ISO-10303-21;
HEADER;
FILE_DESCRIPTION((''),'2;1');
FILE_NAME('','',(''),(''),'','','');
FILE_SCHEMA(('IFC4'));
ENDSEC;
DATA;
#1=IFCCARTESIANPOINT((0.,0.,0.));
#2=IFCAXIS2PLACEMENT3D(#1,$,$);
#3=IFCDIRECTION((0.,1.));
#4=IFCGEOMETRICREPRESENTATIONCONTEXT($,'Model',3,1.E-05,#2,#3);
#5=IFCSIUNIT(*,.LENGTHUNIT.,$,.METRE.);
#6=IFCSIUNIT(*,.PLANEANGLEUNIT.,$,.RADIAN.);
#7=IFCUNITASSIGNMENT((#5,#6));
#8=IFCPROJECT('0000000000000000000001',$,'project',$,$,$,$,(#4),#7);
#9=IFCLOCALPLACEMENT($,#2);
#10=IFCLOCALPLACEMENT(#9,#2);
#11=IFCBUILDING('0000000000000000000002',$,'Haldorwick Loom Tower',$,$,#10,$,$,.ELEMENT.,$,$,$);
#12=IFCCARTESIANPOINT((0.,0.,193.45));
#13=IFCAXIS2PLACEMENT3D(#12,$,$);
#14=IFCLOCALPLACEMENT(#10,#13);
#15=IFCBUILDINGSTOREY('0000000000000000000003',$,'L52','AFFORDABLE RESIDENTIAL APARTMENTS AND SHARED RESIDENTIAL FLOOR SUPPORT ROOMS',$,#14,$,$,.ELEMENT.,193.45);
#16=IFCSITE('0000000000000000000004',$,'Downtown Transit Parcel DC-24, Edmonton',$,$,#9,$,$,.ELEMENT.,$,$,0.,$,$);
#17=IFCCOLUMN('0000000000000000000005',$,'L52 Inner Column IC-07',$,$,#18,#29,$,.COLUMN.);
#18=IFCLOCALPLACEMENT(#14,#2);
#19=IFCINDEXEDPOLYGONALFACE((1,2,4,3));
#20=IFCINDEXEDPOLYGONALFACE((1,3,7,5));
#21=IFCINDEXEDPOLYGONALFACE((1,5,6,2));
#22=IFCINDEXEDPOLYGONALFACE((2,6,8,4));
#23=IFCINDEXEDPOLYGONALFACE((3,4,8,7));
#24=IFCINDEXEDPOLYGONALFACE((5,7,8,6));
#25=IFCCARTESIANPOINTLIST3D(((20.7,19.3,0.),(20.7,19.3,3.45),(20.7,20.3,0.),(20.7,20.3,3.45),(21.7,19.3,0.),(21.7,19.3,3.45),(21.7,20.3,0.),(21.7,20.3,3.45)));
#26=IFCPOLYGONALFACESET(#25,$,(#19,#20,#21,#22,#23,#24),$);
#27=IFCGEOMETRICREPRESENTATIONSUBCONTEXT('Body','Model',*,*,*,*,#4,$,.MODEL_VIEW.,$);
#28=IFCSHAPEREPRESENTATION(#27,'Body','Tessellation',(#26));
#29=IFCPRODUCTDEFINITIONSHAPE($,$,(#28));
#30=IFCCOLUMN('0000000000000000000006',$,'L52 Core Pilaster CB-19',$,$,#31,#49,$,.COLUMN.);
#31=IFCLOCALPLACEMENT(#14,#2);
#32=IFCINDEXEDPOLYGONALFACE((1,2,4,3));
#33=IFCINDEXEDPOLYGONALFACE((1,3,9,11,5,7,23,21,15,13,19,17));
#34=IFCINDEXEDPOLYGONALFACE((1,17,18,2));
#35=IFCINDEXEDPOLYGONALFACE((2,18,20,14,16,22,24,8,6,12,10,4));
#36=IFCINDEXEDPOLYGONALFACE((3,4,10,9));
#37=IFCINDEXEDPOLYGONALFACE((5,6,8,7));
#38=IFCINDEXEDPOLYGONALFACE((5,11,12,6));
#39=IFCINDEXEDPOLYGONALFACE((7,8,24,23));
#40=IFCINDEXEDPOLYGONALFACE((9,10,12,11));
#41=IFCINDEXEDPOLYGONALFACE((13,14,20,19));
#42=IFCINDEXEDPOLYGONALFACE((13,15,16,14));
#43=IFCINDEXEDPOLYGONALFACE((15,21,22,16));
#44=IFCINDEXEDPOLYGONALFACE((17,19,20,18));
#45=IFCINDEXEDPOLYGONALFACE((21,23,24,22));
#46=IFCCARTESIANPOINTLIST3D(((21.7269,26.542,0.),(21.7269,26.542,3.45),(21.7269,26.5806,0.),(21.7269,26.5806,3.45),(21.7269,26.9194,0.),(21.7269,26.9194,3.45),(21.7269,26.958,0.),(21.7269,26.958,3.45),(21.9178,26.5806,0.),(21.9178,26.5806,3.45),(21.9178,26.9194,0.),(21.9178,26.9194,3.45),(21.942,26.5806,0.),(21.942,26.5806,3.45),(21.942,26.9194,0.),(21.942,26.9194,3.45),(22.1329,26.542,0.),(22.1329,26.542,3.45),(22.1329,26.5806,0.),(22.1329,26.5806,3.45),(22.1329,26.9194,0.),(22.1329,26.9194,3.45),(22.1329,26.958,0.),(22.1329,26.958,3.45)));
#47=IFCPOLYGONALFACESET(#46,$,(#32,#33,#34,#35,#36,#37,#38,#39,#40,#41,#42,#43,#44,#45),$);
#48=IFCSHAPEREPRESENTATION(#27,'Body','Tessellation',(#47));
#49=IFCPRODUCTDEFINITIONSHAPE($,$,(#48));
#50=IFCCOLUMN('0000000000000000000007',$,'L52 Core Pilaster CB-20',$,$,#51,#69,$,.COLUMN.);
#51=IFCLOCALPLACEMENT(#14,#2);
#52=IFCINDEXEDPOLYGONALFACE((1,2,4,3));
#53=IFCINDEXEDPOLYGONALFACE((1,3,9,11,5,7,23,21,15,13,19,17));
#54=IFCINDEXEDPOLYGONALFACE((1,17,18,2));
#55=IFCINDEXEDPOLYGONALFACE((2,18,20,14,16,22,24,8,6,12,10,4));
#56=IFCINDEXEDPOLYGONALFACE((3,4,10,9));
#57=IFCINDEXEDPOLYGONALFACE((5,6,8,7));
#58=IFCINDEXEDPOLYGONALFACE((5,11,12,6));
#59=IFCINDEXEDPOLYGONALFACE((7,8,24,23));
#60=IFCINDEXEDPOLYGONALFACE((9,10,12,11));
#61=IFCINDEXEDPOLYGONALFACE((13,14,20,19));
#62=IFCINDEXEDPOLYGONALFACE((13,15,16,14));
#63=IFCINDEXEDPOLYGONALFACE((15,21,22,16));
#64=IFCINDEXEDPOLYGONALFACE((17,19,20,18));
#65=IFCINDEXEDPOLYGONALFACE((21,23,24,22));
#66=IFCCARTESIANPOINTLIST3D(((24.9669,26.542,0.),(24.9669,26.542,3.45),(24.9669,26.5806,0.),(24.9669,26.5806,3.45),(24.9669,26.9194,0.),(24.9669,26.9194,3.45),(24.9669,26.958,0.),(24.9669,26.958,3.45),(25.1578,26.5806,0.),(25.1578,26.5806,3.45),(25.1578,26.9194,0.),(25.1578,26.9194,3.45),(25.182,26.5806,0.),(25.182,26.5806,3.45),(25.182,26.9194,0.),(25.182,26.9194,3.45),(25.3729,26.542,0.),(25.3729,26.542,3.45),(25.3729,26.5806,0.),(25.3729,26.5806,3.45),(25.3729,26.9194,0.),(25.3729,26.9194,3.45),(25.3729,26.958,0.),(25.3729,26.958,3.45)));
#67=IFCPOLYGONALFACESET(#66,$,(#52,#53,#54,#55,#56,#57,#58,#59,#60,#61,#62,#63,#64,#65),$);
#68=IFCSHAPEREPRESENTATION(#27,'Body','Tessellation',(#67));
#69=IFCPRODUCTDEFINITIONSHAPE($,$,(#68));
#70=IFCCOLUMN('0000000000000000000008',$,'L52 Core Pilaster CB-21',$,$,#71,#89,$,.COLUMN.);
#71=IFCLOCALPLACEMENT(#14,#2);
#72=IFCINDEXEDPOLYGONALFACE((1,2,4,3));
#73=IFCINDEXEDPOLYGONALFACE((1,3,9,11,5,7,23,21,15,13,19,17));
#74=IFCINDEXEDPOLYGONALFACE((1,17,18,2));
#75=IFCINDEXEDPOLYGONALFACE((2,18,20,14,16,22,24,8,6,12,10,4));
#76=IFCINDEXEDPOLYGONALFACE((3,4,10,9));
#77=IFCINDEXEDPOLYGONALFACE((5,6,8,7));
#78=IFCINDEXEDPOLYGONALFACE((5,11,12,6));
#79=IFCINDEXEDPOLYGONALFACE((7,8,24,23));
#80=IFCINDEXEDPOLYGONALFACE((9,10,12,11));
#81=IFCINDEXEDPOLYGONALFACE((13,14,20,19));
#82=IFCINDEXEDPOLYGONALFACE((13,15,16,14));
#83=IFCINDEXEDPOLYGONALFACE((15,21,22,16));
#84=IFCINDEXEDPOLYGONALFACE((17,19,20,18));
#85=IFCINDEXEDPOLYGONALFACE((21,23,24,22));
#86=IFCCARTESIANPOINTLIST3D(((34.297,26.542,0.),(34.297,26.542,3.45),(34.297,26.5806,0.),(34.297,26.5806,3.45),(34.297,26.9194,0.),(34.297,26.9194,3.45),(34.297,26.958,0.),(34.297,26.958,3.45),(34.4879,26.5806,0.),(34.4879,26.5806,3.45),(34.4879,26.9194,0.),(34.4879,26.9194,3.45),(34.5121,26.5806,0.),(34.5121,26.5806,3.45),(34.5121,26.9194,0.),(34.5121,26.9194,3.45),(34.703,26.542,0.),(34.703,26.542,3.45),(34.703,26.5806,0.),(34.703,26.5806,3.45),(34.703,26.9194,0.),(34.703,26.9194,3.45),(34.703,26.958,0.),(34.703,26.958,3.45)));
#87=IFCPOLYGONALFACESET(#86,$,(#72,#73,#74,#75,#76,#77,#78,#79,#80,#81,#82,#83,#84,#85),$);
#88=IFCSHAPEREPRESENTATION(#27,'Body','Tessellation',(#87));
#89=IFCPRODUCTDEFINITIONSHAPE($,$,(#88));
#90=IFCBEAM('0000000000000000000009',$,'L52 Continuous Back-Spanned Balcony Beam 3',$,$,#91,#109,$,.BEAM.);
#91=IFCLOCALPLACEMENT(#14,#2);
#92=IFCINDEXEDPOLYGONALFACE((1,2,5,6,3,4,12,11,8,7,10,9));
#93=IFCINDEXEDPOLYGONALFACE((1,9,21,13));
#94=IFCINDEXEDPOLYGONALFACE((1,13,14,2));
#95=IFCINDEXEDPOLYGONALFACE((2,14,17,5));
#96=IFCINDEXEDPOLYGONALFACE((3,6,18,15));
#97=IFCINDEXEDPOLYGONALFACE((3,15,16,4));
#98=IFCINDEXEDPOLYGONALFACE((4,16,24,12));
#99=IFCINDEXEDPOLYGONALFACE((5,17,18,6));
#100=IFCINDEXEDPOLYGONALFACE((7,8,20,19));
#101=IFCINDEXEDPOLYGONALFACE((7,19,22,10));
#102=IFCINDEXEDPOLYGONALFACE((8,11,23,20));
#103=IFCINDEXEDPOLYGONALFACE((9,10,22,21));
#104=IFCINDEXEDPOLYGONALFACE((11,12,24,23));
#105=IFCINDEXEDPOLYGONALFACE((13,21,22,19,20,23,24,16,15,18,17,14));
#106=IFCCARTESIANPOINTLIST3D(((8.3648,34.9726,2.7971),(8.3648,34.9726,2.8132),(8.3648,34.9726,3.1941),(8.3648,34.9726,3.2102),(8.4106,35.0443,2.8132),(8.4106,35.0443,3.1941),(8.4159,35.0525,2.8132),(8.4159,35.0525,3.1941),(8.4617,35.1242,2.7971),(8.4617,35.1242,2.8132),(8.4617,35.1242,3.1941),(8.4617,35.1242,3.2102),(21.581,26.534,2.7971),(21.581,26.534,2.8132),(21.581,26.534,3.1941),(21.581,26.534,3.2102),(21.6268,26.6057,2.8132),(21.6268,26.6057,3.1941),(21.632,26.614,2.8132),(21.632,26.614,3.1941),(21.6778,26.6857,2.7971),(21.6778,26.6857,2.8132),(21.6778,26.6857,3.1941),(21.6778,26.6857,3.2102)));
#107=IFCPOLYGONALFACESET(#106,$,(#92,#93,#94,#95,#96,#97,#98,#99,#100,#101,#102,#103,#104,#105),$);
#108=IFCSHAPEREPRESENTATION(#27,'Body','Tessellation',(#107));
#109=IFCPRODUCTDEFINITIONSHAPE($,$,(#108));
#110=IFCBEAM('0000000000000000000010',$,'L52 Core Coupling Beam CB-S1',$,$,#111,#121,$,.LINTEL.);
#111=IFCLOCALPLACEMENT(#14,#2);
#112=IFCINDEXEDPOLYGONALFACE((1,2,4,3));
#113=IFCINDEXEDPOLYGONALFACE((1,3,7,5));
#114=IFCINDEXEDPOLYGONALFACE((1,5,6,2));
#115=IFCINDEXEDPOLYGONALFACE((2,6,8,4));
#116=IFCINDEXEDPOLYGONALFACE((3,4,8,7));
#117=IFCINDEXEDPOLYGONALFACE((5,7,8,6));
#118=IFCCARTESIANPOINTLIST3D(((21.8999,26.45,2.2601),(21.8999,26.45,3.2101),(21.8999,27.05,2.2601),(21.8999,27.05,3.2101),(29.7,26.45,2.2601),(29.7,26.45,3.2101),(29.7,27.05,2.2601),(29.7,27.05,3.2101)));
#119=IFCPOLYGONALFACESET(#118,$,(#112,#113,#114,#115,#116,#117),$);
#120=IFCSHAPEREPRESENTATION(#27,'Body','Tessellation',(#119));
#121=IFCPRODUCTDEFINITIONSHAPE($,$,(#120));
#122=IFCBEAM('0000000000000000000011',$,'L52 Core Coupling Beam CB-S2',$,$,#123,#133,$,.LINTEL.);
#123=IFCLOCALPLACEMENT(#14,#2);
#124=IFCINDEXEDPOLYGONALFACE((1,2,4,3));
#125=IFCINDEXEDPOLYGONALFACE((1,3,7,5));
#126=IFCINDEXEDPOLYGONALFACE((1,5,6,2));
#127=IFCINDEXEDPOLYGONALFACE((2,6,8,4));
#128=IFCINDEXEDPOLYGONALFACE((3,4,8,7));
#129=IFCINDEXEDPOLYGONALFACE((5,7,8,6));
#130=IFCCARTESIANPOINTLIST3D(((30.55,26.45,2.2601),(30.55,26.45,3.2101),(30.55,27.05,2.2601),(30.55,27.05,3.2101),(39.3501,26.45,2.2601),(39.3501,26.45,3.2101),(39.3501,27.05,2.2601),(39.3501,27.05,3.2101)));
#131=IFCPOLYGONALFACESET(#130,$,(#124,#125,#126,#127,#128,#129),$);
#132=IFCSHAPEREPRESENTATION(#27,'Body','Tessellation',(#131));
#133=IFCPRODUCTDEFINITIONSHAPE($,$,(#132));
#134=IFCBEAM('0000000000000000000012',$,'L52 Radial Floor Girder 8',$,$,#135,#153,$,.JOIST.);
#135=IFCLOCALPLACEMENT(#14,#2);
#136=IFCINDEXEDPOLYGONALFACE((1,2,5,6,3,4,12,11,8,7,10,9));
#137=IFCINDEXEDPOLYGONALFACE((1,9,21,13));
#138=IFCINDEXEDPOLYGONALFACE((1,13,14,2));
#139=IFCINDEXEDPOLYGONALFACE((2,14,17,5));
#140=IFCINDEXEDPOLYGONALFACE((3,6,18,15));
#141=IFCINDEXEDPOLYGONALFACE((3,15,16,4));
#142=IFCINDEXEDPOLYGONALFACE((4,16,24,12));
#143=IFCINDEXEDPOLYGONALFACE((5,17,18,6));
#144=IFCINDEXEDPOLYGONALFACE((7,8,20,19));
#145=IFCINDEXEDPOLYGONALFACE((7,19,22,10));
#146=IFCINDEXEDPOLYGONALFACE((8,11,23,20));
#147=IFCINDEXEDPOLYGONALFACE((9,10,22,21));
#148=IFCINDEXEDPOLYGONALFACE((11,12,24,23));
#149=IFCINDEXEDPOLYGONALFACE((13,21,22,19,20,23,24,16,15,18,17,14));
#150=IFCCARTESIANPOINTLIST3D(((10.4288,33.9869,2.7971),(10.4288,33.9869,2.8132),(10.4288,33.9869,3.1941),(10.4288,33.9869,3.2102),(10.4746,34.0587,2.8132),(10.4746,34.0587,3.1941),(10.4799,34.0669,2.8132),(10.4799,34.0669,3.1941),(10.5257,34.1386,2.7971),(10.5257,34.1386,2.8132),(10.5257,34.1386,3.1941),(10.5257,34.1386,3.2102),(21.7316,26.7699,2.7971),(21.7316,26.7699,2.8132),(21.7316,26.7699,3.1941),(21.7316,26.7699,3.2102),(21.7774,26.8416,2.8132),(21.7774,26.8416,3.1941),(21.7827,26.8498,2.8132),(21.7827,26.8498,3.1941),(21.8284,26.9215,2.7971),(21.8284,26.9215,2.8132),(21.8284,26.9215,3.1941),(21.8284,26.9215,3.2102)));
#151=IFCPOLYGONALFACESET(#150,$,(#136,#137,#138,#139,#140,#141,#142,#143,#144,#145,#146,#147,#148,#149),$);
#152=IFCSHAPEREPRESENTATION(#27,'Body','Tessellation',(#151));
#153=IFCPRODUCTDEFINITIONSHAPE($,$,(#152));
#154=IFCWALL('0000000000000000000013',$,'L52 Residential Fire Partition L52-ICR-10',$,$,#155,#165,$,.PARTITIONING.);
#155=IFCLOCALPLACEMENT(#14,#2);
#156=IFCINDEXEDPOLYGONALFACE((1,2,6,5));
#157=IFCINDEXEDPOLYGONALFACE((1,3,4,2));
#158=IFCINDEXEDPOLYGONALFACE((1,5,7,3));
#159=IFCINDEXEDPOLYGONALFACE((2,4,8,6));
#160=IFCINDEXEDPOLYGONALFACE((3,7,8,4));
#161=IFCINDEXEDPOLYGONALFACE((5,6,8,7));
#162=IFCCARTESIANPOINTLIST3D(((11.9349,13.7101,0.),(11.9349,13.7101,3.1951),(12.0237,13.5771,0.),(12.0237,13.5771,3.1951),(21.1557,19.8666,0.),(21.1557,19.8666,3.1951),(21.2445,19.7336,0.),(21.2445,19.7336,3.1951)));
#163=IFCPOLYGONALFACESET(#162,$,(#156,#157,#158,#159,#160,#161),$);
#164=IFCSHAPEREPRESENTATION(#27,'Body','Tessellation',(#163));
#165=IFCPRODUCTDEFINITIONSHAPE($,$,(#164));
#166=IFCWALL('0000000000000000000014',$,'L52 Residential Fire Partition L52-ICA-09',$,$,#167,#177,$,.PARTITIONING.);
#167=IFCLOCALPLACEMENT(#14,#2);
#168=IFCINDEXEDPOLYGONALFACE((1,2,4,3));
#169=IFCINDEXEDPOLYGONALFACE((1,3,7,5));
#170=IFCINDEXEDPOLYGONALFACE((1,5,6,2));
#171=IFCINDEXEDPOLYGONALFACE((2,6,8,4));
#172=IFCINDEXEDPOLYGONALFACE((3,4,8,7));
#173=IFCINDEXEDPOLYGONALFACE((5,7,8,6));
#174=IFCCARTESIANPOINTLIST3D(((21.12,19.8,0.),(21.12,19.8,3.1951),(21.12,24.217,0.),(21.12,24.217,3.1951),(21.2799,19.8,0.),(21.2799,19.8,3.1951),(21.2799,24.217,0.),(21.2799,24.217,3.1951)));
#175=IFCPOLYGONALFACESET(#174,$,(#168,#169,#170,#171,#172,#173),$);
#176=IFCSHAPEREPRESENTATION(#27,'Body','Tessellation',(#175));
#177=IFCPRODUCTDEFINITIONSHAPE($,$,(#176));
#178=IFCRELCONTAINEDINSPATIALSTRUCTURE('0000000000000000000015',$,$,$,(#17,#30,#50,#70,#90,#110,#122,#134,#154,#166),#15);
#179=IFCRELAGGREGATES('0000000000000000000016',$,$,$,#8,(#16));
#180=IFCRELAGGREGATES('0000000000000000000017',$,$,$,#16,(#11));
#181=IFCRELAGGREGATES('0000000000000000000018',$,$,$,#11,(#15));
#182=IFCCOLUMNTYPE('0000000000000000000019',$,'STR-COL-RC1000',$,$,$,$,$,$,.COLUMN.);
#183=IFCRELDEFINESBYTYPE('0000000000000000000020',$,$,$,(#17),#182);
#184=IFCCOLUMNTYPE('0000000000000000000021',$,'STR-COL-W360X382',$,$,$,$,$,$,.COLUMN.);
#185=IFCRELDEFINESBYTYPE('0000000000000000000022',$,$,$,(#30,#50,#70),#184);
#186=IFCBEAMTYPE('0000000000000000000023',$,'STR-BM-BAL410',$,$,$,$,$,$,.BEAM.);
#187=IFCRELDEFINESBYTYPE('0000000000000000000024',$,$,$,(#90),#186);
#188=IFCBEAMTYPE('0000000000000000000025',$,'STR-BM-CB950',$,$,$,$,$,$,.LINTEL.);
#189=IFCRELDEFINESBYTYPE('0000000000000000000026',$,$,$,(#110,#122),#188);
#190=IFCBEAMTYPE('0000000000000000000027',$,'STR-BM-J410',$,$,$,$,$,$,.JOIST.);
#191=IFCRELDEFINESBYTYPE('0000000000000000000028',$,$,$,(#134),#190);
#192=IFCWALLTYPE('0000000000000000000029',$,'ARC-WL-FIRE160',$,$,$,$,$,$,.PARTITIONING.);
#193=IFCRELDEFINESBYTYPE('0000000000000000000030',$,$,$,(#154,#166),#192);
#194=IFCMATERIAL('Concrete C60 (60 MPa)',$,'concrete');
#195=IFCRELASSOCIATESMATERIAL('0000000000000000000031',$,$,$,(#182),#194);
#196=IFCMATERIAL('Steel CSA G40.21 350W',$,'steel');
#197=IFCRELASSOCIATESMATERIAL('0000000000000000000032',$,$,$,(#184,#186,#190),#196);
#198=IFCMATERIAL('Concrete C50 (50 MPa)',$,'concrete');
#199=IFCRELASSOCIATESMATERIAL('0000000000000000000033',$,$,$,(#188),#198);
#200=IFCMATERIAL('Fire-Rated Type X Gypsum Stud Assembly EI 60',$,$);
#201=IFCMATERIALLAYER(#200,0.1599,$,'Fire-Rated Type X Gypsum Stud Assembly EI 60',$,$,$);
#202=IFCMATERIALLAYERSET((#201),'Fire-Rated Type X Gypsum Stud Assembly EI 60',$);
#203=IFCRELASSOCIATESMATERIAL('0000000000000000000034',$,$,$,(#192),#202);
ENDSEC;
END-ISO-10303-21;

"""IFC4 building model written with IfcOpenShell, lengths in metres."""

from ifc_helpers import new_model, si_unit, direction, frame, frame_2d, origin, origin_2d, place, context, subcontext, project, spatial, rectangle, i_section, extrude, material, layer, layer_set, material_profile, profile_set, type_object, element, save


model = new_model("IFC4")

# Units and contexts
model_context = context("Model", 3, precision=1e-05, world=origin(), true_north=direction((0.0, 1.0)))
body_context = subcontext(model_context, "Body", "Model", "MODEL_VIEW")
ifc_project = project(units=[si_unit("LENGTHUNIT", "METRE"), si_unit("PLANEANGLEUNIT", "RADIAN")], contexts=[model_context])

# Site, building, storey
site_placement = place(None, origin())
site = spatial("IfcSite", under=ifc_project, at=site_placement, Name="Downtown Transit Parcel DC-24, Edmonton", CompositionType="ELEMENT", RefElevation=0.0)
building_placement = place(site_placement, origin())
building = spatial("IfcBuilding", under=site, at=building_placement, Name="Haldorwick Loom Tower", CompositionType="ELEMENT")
storey_placement = place(building_placement, frame((0.0, 0.0, 193.45)))
storey = spatial("IfcBuildingStorey", under=building, at=storey_placement, Name="L52", Description="AFFORDABLE RESIDENTIAL APARTMENTS AND SHARED RESIDENTIAL FLOOR SUPPORT ROOMS", CompositionType="ELEMENT", Elevation=193.45)

# Columns
ifc_material_1 = material(Name="Concrete C60 (60 MPa)", Category="concrete")
ifc_material_profile_1 = material_profile(ifc_material_1, rectangle(XDim=1.0, YDim=1.0, at=origin_2d()), Name="RC1000X1000", Category="concrete")
ifc_profile_set_1 = profile_set([ifc_material_profile_1], Name="Concrete C60 (60 MPa)")
column_type_1 = type_object("IfcColumnType", Name="STR-COL-RC1000", PredefinedType="COLUMN", material=ifc_profile_set_1)
column_placement = place(storey_placement, frame((21.2, 19.8, 0.0), z_axis=(0.0, 0.0, 1.0), x_axis=(1.0, 0.0, 0.0)))
element("IfcColumn", 1, at=column_placement, inside=storey, type_object=column_type_1, Name="L52 Inner Column IC-07", PredefinedType="COLUMN", context=body_context, shape_type="SweptSolid", body=[
    extrude(rectangle(XDim=1.0, YDim=1.0, at=origin_2d()), origin(), (0.0, 0.0, 1.0), 3.45),
])
ifc_material_2 = material(Name="Steel CSA G40.21 350W", Category="steel")
ifc_material_profile_2 = material_profile(ifc_material_2, i_section(OverallWidth=0.406, OverallDepth=0.416, WebThickness=0.0242, FlangeThickness=0.0386, at=origin_2d()), Name="W360X382", Category="steel")
ifc_profile_set_2 = profile_set([ifc_material_profile_2], Name="Steel CSA G40.21 350W")
column_type_2 = type_object("IfcColumnType", Name="STR-COL-W360X382", PredefinedType="COLUMN", material=ifc_profile_set_2)
for number, where, z_axis, x_axis, name in (
    (2, (21.9299, 26.75, 0.0), (0.0, 0.0, 1.0), (1.0, 0.0, 0.0), "L52 Core Pilaster CB-19"),
    (3, (25.1699, 26.75, 0.0), (0.0, 0.0, 1.0), (1.0, 0.0, 0.0), "L52 Core Pilaster CB-20"),
    (4, (34.5, 26.75, 0.0), (0.0, 0.0, 1.0), (1.0, 0.0, 0.0), "L52 Core Pilaster CB-21"),
):
    element("IfcColumn", number, at=place(storey_placement, frame(where, z_axis=z_axis, x_axis=x_axis)), inside=storey, type_object=column_type_2, Name=name, PredefinedType="COLUMN", context=body_context, shape_type="SweptSolid", body=[
        extrude(i_section(OverallWidth=0.406, OverallDepth=0.416, WebThickness=0.0242, FlangeThickness=0.0386, at=origin_2d()), origin(), (0.0, 0.0, 1.0), 3.45),
    ])

# Beams
ifc_material_profile_3 = material_profile(ifc_material_2, i_section(OverallWidth=0.1799, OverallDepth=0.4131, WebThickness=0.0098, FlangeThickness=0.0161, at=origin_2d()), Name="W410X74", Category="steel")
ifc_profile_set_3 = profile_set([ifc_material_profile_3], Name="Steel CSA G40.21 350W")
beam_type_1 = type_object("IfcBeamType", Name="STR-BM-BAL410", PredefinedType="BEAM", material=ifc_profile_set_3)
beam_1_placement = place(storey_placement, frame((21.6294, 26.6099, 3.0037), z_axis=(-0.842844, 0.538157, 0.0), x_axis=(-0.538157, -0.842844, 0.0)))
element("IfcBeam", 5, at=beam_1_placement, inside=storey, type_object=beam_type_1, Name="L52 Continuous Back-Spanned Balcony Beam 3", PredefinedType="BEAM", context=body_context, shape_type="SweptSolid", body=[
    extrude(i_section(OverallWidth=0.1799, OverallDepth=0.4131, WebThickness=0.0098, FlangeThickness=0.0161, at=origin_2d()), origin(), (0.0, 0.0, 1.0), 15.6804),
])
ifc_material_3 = material(Name="Concrete C50 (50 MPa)", Category="concrete")
ifc_material_profile_4 = material_profile(ifc_material_3, rectangle(XDim=0.6001, YDim=0.95, at=origin_2d()), Name="RC600X950", Category="concrete")
ifc_profile_set_4 = profile_set([ifc_material_profile_4], Name="Concrete C50 (50 MPa)")
beam_type_2 = type_object("IfcBeamType", Name="STR-BM-CB950", PredefinedType="LINTEL", material=ifc_profile_set_4)
beam_2_placement = place(storey_placement, frame((21.8999, 26.75, 2.7351), z_axis=(1.0, 0.0, 0.0), x_axis=(0.0, 1.0, 0.0)))
element("IfcBeam", 6, at=beam_2_placement, inside=storey, type_object=beam_type_2, Name="L52 Core Coupling Beam CB-S1", PredefinedType="LINTEL", context=body_context, shape_type="SweptSolid", body=[
    extrude(rectangle(XDim=0.6001, YDim=0.95, at=origin_2d()), origin(), (0.0, 0.0, 1.0), 7.8),
])
beam_3_placement = place(storey_placement, frame((30.55, 26.75, 2.7351), z_axis=(1.0, 0.0, 0.0), x_axis=(0.0, 1.0, 0.0)))
element("IfcBeam", 7, at=beam_3_placement, inside=storey, type_object=beam_type_2, Name="L52 Core Coupling Beam CB-S2", PredefinedType="LINTEL", context=body_context, shape_type="SweptSolid", body=[
    extrude(rectangle(XDim=0.6001, YDim=0.95, at=origin_2d()), origin(), (0.0, 0.0, 1.0), 8.8),
])
ifc_material_profile_5 = material_profile(ifc_material_2, i_section(OverallWidth=0.1799, OverallDepth=0.4131, WebThickness=0.0098, FlangeThickness=0.0161, at=origin_2d()), Name="W410X74", Category="steel")
ifc_profile_set_5 = profile_set([ifc_material_profile_5], Name="Steel CSA G40.21 350W")
beam_type_3 = type_object("IfcBeamType", Name="STR-BM-J410", PredefinedType="JOIST", material=ifc_profile_set_5)
beam_4_placement = place(storey_placement, frame((21.78, 26.8457, 3.0037), z_axis=(-0.842837, 0.538169, 0.0), x_axis=(-0.538169, -0.842837, 0.0)))
element("IfcBeam", 8, at=beam_4_placement, inside=storey, type_object=beam_type_3, Name="L52 Radial Floor Girder 8", PredefinedType="JOIST", context=body_context, shape_type="SweptSolid", body=[
    extrude(i_section(OverallWidth=0.1799, OverallDepth=0.4131, WebThickness=0.0098, FlangeThickness=0.0161, at=origin_2d()), origin(), (0.0, 0.0, 1.0), 13.4104),
])

# Walls
ifc_material_4 = material(Name="Fire-Rated Type X Gypsum Stud Assembly EI 60")
ifc_layer_1 = layer(ifc_material_4, 0.1599, Name="Fire-Rated Type X Gypsum Stud Assembly EI 60")
ifc_layer_set_1 = layer_set([ifc_layer_1], Name="Fire-Rated Type X Gypsum Stud Assembly EI 60")
wall_type_1 = type_object("IfcWallType", Name="ARC-WL-FIRE160", PredefinedType="PARTITIONING", material=ifc_layer_set_1)
wall_1_placement = place(storey_placement, frame((21.2, 19.8, 0.0), z_axis=(0.0, 0.0, 1.0), x_axis=(-0.831661, -0.555284, 0.0)))
element("IfcWall", 9, at=wall_1_placement, inside=storey, type_object=wall_type_1, Name="L52 Residential Fire Partition L52-ICR-10", PredefinedType="PARTITIONING", context=body_context, shape_type="SweptSolid", body=[
    extrude(rectangle(XDim=11.0872, YDim=0.1599, at=frame_2d((5.5435, 0.0))), origin(), (0.0, 0.0, 1.0), 3.1951),
])
wall_2_placement = place(storey_placement, frame((21.2, 24.217, 0.0), z_axis=(0.0, 0.0, 1.0), x_axis=(0.0, -1.0, 0.0)))
element("IfcWall", 10, at=wall_2_placement, inside=storey, type_object=wall_type_1, Name="L52 Residential Fire Partition L52-ICA-09", PredefinedType="PARTITIONING", context=body_context, shape_type="SweptSolid", body=[
    extrude(rectangle(XDim=4.417, YDim=0.1599, at=frame_2d((2.2085, 0.0))), origin(), (0.0, 0.0, 1.0), 3.1951),
])

save(model, "model.ifc")
